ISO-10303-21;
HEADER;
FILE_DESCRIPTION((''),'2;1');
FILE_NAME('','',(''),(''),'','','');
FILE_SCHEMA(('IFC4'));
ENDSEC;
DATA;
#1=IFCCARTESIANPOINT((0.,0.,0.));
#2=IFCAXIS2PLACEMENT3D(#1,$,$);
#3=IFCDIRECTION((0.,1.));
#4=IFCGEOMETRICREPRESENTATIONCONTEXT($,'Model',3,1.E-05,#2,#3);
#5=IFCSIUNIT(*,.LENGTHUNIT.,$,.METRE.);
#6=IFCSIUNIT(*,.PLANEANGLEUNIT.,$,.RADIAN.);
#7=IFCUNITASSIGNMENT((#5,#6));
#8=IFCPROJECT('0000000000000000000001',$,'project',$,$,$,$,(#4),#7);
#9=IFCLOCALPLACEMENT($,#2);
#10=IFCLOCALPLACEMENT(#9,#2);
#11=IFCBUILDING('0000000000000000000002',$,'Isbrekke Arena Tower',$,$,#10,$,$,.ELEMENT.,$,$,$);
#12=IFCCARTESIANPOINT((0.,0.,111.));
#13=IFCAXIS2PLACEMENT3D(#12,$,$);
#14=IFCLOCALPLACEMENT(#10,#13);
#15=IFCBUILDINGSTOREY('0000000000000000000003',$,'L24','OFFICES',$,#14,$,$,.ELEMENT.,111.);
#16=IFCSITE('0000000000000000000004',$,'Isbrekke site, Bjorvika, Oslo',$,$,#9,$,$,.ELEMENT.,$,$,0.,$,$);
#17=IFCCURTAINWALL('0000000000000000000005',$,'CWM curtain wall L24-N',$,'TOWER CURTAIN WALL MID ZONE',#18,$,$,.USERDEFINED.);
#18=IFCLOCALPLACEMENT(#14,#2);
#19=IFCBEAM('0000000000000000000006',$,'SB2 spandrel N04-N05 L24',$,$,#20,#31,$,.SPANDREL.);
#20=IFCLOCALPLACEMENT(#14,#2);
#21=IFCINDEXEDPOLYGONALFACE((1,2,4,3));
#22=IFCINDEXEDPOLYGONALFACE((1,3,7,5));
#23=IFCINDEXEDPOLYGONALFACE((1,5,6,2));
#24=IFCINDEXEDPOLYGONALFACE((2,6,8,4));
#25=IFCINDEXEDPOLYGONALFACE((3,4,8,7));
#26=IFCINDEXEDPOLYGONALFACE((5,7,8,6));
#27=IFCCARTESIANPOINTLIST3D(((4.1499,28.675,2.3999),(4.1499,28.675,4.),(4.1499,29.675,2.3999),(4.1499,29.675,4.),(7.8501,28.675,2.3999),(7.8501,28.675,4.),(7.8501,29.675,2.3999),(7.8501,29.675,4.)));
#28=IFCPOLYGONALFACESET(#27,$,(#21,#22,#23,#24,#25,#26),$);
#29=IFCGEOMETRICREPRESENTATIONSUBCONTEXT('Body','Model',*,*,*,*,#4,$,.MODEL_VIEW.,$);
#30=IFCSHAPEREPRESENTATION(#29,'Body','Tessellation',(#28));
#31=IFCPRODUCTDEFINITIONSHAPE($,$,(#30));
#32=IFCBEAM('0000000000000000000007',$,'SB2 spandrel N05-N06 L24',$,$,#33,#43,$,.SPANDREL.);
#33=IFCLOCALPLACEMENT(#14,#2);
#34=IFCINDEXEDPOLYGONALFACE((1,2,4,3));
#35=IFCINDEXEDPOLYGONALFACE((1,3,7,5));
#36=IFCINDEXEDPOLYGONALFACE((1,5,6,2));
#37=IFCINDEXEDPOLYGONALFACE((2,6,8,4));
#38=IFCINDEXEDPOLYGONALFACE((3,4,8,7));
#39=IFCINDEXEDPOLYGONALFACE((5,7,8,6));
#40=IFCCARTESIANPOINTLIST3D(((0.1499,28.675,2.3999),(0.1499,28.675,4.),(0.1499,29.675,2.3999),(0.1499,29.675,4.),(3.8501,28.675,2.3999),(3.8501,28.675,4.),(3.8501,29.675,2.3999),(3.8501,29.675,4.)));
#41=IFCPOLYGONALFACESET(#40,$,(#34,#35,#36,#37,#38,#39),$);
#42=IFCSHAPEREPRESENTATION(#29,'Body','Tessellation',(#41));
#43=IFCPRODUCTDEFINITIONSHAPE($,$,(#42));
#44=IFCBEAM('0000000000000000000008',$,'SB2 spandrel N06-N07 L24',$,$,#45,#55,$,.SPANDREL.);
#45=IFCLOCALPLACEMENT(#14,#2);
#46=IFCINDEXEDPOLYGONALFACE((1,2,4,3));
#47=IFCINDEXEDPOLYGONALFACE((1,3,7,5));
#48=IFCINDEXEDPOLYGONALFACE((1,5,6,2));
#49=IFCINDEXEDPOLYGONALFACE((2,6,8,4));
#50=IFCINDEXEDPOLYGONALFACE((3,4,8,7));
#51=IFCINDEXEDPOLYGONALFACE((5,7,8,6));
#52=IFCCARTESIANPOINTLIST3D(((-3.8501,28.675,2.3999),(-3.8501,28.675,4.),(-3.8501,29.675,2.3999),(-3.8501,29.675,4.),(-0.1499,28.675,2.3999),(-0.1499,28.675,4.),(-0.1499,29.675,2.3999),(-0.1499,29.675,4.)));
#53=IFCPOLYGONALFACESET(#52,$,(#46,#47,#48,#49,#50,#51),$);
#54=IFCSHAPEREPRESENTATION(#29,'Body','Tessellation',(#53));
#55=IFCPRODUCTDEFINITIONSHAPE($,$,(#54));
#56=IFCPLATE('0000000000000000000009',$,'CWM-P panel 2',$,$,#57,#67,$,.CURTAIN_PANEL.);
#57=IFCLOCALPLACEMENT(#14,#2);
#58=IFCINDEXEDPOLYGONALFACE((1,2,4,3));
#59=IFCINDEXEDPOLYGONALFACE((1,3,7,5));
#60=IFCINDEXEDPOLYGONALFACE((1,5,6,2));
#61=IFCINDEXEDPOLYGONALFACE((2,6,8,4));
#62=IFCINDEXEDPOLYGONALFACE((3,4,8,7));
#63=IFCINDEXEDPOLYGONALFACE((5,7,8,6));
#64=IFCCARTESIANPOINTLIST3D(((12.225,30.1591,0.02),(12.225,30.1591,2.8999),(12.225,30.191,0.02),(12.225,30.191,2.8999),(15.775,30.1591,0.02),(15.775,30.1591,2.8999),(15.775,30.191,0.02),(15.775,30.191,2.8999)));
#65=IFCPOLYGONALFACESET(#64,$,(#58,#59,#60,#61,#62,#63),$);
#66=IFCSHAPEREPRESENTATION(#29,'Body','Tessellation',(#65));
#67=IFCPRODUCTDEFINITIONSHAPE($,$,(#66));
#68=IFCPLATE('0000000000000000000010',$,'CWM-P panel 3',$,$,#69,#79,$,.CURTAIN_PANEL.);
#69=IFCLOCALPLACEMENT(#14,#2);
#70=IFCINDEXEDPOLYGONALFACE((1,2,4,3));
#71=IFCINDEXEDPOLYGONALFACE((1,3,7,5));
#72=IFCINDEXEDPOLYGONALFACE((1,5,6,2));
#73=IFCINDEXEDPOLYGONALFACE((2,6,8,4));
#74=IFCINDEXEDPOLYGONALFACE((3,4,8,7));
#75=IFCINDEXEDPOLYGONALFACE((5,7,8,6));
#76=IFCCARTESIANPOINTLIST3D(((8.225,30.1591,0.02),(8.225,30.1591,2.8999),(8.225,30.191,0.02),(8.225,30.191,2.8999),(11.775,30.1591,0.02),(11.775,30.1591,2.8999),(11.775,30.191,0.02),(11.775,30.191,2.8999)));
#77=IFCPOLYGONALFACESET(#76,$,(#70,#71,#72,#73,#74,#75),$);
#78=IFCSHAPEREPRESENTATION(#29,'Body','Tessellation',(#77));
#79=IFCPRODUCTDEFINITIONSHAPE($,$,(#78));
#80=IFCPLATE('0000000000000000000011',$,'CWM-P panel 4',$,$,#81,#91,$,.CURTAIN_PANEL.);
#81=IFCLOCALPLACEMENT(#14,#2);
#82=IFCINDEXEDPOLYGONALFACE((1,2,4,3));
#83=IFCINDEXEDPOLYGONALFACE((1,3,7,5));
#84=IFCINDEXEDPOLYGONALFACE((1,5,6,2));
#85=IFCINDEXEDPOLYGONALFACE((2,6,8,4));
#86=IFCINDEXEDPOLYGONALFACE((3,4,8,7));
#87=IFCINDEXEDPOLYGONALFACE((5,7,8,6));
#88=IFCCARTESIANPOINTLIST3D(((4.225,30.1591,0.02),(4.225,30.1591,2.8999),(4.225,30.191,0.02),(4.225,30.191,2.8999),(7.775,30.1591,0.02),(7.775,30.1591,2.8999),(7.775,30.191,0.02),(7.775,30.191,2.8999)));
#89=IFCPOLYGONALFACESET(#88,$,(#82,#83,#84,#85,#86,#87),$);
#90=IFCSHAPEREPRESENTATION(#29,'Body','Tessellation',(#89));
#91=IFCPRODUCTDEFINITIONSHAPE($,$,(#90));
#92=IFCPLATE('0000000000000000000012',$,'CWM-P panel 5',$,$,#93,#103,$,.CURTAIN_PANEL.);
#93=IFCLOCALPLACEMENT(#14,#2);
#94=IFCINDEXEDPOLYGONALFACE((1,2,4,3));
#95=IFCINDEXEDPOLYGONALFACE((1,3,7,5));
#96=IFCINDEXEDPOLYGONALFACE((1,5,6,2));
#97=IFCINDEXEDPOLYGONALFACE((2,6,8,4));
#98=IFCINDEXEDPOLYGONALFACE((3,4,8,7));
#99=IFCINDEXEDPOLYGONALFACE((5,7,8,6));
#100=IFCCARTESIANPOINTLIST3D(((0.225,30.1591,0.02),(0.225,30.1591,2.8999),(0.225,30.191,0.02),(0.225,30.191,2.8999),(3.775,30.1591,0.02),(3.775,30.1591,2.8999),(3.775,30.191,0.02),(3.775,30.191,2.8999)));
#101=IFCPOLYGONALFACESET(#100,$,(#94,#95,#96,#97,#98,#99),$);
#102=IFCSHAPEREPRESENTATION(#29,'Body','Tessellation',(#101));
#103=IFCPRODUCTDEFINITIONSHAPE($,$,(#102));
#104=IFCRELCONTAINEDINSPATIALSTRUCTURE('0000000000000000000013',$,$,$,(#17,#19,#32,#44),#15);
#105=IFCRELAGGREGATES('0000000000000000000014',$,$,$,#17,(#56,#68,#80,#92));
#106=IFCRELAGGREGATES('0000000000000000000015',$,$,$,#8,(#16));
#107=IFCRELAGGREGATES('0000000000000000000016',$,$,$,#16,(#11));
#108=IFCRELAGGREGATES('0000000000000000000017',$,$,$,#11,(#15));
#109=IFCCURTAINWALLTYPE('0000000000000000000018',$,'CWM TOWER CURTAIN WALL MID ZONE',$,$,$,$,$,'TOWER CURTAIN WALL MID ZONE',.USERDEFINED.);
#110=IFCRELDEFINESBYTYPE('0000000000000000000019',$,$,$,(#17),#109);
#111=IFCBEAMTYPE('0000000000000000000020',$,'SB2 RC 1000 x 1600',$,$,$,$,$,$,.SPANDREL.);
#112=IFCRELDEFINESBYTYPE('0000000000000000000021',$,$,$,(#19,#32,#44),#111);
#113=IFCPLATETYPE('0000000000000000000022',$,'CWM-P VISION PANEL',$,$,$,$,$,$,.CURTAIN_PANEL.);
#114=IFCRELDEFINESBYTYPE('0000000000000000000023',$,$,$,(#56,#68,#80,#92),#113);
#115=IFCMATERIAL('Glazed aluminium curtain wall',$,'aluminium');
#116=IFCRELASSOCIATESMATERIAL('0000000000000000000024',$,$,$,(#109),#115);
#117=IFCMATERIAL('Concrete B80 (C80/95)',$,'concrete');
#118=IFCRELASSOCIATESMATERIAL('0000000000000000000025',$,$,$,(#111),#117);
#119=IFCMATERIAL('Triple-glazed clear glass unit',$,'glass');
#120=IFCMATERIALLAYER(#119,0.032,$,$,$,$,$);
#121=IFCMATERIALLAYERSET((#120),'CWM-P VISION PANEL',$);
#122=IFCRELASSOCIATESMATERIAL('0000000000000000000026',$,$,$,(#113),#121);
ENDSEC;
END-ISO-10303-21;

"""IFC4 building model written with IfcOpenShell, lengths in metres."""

from ifc_helpers import new_model, si_unit, direction, frame, origin, origin_2d, place, context, subcontext, project, spatial, rectangle, extrude, material, layer, layer_set, material_profile, profile_set, type_object, element, aggregate, save


model = new_model("IFC4")

# Units and contexts
model_context = context("Model", 3, precision=1e-05, world=origin(), true_north=direction((0.0, 1.0)))
body_context = subcontext(model_context, "Body", "Model", "MODEL_VIEW")
ifc_project = project(units=[si_unit("LENGTHUNIT", "METRE"), si_unit("PLANEANGLEUNIT", "RADIAN")], contexts=[model_context])

# Site, building, storey
site_placement = place(None, origin())
site = spatial("IfcSite", under=ifc_project, at=site_placement, Name="Isbrekke site, Bjorvika, Oslo", CompositionType="ELEMENT", RefElevation=0.0)
building_placement = place(site_placement, origin())
building = spatial("IfcBuilding", under=site, at=building_placement, Name="Isbrekke Arena Tower", CompositionType="ELEMENT")
storey_placement = place(building_placement, frame((0.0, 0.0, 111.0)))
storey = spatial("IfcBuildingStorey", under=building, at=storey_placement, Name="L24", Description="OFFICES", CompositionType="ELEMENT", Elevation=111.0)

# Curtain wall
ifc_material_1 = material(Name="Glazed aluminium curtain wall", Category="aluminium")
curtain_wall_type = type_object("IfcCurtainWallType", Name="CWM TOWER CURTAIN WALL MID ZONE", ElementType="TOWER CURTAIN WALL MID ZONE", PredefinedType="USERDEFINED", material=ifc_material_1)
curtain_wall_placement = place(storey_placement, origin())
curtain_wall = element("IfcCurtainWall", 1, at=curtain_wall_placement, inside=storey, type_object=curtain_wall_type, Name="CWM curtain wall L24-N", ObjectType="TOWER CURTAIN WALL MID ZONE", PredefinedType="USERDEFINED")

# Beams
ifc_material_2 = material(Name="Concrete B80 (C80/95)", Category="concrete")
ifc_material_profile_1 = material_profile(ifc_material_2, rectangle(XDim=1.0, YDim=1.6001, at=origin_2d()), Name="RC 1000x1600")
ifc_profile_set_1 = profile_set([ifc_material_profile_1], Name="Concrete B80 (C80/95)")
beam_type_1 = type_object("IfcBeamType", Name="SB2 RC 1000 x 1600", PredefinedType="SPANDREL", material=ifc_profile_set_1)
for number, where, z_axis, x_axis, name in (
    (2, (7.8501, 29.175, 3.2), (-1.0, 0.0, 0.0), (0.0, -1.0, 0.0), "SB2 spandrel N04-N05 L24"),
    (3, (3.8501, 29.175, 3.2), (-1.0, 0.0, 0.0), (0.0, -1.0, 0.0), "SB2 spandrel N05-N06 L24"),
    (4, (-0.1499, 29.175, 3.2), (-1.0, 0.0, 0.0), (0.0, -1.0, 0.0), "SB2 spandrel N06-N07 L24"),
):
    element("IfcBeam", number, at=place(storey_placement, frame(where, z_axis=z_axis, x_axis=x_axis)), inside=storey, type_object=beam_type_1, Name=name, PredefinedType="SPANDREL", context=body_context, shape_type="SweptSolid", body=[
        extrude(rectangle(XDim=1.0, YDim=1.6001, at=origin_2d()), origin(), (0.0, 0.0, 1.0), 3.7002),
    ])

# Plates
ifc_material_3 = material(Name="Triple-glazed clear glass unit", Category="glass")
ifc_layer = layer(ifc_material_3, 0.032)
ifc_layer_set = layer_set([ifc_layer], Name="CWM-P VISION PANEL")
plate_type = type_object("IfcPlateType", Name="CWM-P VISION PANEL", PredefinedType="CURTAIN_PANEL", material=ifc_layer_set)
plate_1_placement = place(storey_placement, frame((14.0, 30.175, 0.02), z_axis=(0.0, 0.0, 1.0), x_axis=(-1.0, 0.0, 0.0)))
plate_1 = element("IfcPlate", 5, at=plate_1_placement, type_object=plate_type, Name="CWM-P panel 2", PredefinedType="CURTAIN_PANEL", context=body_context, shape_type="SweptSolid", body=[
    extrude(rectangle(XDim=3.55, YDim=0.032, at=origin_2d()), origin(), (0.0, 0.0, 1.0), 2.8799),
])
plate_2_placement = place(storey_placement, frame((10.0, 30.175, 0.02), z_axis=(0.0, 0.0, 1.0), x_axis=(-1.0, 0.0, 0.0)))
plate_2 = element("IfcPlate", 6, at=plate_2_placement, type_object=plate_type, Name="CWM-P panel 3", PredefinedType="CURTAIN_PANEL", context=body_context, shape_type="SweptSolid", body=[
    extrude(rectangle(XDim=3.55, YDim=0.032, at=origin_2d()), origin(), (0.0, 0.0, 1.0), 2.8799),
])
plate_3_placement = place(storey_placement, frame((6.0, 30.175, 0.02), z_axis=(0.0, 0.0, 1.0), x_axis=(-1.0, 0.0, 0.0)))
plate_3 = element("IfcPlate", 7, at=plate_3_placement, type_object=plate_type, Name="CWM-P panel 4", PredefinedType="CURTAIN_PANEL", context=body_context, shape_type="SweptSolid", body=[
    extrude(rectangle(XDim=3.55, YDim=0.032, at=origin_2d()), origin(), (0.0, 0.0, 1.0), 2.8799),
])
plate_4_placement = place(storey_placement, frame((2.0, 30.175, 0.02), z_axis=(0.0, 0.0, 1.0), x_axis=(-1.0, 0.0, 0.0)))
plate_4 = element("IfcPlate", 8, at=plate_4_placement, type_object=plate_type, Name="CWM-P panel 5", PredefinedType="CURTAIN_PANEL", context=body_context, shape_type="SweptSolid", body=[
    extrude(rectangle(XDim=3.55, YDim=0.032, at=origin_2d()), origin(), (0.0, 0.0, 1.0), 2.8799),
])
aggregate(curtain_wall, [plate_1, plate_2, plate_3, plate_4])

save(model, "model.ifc")
